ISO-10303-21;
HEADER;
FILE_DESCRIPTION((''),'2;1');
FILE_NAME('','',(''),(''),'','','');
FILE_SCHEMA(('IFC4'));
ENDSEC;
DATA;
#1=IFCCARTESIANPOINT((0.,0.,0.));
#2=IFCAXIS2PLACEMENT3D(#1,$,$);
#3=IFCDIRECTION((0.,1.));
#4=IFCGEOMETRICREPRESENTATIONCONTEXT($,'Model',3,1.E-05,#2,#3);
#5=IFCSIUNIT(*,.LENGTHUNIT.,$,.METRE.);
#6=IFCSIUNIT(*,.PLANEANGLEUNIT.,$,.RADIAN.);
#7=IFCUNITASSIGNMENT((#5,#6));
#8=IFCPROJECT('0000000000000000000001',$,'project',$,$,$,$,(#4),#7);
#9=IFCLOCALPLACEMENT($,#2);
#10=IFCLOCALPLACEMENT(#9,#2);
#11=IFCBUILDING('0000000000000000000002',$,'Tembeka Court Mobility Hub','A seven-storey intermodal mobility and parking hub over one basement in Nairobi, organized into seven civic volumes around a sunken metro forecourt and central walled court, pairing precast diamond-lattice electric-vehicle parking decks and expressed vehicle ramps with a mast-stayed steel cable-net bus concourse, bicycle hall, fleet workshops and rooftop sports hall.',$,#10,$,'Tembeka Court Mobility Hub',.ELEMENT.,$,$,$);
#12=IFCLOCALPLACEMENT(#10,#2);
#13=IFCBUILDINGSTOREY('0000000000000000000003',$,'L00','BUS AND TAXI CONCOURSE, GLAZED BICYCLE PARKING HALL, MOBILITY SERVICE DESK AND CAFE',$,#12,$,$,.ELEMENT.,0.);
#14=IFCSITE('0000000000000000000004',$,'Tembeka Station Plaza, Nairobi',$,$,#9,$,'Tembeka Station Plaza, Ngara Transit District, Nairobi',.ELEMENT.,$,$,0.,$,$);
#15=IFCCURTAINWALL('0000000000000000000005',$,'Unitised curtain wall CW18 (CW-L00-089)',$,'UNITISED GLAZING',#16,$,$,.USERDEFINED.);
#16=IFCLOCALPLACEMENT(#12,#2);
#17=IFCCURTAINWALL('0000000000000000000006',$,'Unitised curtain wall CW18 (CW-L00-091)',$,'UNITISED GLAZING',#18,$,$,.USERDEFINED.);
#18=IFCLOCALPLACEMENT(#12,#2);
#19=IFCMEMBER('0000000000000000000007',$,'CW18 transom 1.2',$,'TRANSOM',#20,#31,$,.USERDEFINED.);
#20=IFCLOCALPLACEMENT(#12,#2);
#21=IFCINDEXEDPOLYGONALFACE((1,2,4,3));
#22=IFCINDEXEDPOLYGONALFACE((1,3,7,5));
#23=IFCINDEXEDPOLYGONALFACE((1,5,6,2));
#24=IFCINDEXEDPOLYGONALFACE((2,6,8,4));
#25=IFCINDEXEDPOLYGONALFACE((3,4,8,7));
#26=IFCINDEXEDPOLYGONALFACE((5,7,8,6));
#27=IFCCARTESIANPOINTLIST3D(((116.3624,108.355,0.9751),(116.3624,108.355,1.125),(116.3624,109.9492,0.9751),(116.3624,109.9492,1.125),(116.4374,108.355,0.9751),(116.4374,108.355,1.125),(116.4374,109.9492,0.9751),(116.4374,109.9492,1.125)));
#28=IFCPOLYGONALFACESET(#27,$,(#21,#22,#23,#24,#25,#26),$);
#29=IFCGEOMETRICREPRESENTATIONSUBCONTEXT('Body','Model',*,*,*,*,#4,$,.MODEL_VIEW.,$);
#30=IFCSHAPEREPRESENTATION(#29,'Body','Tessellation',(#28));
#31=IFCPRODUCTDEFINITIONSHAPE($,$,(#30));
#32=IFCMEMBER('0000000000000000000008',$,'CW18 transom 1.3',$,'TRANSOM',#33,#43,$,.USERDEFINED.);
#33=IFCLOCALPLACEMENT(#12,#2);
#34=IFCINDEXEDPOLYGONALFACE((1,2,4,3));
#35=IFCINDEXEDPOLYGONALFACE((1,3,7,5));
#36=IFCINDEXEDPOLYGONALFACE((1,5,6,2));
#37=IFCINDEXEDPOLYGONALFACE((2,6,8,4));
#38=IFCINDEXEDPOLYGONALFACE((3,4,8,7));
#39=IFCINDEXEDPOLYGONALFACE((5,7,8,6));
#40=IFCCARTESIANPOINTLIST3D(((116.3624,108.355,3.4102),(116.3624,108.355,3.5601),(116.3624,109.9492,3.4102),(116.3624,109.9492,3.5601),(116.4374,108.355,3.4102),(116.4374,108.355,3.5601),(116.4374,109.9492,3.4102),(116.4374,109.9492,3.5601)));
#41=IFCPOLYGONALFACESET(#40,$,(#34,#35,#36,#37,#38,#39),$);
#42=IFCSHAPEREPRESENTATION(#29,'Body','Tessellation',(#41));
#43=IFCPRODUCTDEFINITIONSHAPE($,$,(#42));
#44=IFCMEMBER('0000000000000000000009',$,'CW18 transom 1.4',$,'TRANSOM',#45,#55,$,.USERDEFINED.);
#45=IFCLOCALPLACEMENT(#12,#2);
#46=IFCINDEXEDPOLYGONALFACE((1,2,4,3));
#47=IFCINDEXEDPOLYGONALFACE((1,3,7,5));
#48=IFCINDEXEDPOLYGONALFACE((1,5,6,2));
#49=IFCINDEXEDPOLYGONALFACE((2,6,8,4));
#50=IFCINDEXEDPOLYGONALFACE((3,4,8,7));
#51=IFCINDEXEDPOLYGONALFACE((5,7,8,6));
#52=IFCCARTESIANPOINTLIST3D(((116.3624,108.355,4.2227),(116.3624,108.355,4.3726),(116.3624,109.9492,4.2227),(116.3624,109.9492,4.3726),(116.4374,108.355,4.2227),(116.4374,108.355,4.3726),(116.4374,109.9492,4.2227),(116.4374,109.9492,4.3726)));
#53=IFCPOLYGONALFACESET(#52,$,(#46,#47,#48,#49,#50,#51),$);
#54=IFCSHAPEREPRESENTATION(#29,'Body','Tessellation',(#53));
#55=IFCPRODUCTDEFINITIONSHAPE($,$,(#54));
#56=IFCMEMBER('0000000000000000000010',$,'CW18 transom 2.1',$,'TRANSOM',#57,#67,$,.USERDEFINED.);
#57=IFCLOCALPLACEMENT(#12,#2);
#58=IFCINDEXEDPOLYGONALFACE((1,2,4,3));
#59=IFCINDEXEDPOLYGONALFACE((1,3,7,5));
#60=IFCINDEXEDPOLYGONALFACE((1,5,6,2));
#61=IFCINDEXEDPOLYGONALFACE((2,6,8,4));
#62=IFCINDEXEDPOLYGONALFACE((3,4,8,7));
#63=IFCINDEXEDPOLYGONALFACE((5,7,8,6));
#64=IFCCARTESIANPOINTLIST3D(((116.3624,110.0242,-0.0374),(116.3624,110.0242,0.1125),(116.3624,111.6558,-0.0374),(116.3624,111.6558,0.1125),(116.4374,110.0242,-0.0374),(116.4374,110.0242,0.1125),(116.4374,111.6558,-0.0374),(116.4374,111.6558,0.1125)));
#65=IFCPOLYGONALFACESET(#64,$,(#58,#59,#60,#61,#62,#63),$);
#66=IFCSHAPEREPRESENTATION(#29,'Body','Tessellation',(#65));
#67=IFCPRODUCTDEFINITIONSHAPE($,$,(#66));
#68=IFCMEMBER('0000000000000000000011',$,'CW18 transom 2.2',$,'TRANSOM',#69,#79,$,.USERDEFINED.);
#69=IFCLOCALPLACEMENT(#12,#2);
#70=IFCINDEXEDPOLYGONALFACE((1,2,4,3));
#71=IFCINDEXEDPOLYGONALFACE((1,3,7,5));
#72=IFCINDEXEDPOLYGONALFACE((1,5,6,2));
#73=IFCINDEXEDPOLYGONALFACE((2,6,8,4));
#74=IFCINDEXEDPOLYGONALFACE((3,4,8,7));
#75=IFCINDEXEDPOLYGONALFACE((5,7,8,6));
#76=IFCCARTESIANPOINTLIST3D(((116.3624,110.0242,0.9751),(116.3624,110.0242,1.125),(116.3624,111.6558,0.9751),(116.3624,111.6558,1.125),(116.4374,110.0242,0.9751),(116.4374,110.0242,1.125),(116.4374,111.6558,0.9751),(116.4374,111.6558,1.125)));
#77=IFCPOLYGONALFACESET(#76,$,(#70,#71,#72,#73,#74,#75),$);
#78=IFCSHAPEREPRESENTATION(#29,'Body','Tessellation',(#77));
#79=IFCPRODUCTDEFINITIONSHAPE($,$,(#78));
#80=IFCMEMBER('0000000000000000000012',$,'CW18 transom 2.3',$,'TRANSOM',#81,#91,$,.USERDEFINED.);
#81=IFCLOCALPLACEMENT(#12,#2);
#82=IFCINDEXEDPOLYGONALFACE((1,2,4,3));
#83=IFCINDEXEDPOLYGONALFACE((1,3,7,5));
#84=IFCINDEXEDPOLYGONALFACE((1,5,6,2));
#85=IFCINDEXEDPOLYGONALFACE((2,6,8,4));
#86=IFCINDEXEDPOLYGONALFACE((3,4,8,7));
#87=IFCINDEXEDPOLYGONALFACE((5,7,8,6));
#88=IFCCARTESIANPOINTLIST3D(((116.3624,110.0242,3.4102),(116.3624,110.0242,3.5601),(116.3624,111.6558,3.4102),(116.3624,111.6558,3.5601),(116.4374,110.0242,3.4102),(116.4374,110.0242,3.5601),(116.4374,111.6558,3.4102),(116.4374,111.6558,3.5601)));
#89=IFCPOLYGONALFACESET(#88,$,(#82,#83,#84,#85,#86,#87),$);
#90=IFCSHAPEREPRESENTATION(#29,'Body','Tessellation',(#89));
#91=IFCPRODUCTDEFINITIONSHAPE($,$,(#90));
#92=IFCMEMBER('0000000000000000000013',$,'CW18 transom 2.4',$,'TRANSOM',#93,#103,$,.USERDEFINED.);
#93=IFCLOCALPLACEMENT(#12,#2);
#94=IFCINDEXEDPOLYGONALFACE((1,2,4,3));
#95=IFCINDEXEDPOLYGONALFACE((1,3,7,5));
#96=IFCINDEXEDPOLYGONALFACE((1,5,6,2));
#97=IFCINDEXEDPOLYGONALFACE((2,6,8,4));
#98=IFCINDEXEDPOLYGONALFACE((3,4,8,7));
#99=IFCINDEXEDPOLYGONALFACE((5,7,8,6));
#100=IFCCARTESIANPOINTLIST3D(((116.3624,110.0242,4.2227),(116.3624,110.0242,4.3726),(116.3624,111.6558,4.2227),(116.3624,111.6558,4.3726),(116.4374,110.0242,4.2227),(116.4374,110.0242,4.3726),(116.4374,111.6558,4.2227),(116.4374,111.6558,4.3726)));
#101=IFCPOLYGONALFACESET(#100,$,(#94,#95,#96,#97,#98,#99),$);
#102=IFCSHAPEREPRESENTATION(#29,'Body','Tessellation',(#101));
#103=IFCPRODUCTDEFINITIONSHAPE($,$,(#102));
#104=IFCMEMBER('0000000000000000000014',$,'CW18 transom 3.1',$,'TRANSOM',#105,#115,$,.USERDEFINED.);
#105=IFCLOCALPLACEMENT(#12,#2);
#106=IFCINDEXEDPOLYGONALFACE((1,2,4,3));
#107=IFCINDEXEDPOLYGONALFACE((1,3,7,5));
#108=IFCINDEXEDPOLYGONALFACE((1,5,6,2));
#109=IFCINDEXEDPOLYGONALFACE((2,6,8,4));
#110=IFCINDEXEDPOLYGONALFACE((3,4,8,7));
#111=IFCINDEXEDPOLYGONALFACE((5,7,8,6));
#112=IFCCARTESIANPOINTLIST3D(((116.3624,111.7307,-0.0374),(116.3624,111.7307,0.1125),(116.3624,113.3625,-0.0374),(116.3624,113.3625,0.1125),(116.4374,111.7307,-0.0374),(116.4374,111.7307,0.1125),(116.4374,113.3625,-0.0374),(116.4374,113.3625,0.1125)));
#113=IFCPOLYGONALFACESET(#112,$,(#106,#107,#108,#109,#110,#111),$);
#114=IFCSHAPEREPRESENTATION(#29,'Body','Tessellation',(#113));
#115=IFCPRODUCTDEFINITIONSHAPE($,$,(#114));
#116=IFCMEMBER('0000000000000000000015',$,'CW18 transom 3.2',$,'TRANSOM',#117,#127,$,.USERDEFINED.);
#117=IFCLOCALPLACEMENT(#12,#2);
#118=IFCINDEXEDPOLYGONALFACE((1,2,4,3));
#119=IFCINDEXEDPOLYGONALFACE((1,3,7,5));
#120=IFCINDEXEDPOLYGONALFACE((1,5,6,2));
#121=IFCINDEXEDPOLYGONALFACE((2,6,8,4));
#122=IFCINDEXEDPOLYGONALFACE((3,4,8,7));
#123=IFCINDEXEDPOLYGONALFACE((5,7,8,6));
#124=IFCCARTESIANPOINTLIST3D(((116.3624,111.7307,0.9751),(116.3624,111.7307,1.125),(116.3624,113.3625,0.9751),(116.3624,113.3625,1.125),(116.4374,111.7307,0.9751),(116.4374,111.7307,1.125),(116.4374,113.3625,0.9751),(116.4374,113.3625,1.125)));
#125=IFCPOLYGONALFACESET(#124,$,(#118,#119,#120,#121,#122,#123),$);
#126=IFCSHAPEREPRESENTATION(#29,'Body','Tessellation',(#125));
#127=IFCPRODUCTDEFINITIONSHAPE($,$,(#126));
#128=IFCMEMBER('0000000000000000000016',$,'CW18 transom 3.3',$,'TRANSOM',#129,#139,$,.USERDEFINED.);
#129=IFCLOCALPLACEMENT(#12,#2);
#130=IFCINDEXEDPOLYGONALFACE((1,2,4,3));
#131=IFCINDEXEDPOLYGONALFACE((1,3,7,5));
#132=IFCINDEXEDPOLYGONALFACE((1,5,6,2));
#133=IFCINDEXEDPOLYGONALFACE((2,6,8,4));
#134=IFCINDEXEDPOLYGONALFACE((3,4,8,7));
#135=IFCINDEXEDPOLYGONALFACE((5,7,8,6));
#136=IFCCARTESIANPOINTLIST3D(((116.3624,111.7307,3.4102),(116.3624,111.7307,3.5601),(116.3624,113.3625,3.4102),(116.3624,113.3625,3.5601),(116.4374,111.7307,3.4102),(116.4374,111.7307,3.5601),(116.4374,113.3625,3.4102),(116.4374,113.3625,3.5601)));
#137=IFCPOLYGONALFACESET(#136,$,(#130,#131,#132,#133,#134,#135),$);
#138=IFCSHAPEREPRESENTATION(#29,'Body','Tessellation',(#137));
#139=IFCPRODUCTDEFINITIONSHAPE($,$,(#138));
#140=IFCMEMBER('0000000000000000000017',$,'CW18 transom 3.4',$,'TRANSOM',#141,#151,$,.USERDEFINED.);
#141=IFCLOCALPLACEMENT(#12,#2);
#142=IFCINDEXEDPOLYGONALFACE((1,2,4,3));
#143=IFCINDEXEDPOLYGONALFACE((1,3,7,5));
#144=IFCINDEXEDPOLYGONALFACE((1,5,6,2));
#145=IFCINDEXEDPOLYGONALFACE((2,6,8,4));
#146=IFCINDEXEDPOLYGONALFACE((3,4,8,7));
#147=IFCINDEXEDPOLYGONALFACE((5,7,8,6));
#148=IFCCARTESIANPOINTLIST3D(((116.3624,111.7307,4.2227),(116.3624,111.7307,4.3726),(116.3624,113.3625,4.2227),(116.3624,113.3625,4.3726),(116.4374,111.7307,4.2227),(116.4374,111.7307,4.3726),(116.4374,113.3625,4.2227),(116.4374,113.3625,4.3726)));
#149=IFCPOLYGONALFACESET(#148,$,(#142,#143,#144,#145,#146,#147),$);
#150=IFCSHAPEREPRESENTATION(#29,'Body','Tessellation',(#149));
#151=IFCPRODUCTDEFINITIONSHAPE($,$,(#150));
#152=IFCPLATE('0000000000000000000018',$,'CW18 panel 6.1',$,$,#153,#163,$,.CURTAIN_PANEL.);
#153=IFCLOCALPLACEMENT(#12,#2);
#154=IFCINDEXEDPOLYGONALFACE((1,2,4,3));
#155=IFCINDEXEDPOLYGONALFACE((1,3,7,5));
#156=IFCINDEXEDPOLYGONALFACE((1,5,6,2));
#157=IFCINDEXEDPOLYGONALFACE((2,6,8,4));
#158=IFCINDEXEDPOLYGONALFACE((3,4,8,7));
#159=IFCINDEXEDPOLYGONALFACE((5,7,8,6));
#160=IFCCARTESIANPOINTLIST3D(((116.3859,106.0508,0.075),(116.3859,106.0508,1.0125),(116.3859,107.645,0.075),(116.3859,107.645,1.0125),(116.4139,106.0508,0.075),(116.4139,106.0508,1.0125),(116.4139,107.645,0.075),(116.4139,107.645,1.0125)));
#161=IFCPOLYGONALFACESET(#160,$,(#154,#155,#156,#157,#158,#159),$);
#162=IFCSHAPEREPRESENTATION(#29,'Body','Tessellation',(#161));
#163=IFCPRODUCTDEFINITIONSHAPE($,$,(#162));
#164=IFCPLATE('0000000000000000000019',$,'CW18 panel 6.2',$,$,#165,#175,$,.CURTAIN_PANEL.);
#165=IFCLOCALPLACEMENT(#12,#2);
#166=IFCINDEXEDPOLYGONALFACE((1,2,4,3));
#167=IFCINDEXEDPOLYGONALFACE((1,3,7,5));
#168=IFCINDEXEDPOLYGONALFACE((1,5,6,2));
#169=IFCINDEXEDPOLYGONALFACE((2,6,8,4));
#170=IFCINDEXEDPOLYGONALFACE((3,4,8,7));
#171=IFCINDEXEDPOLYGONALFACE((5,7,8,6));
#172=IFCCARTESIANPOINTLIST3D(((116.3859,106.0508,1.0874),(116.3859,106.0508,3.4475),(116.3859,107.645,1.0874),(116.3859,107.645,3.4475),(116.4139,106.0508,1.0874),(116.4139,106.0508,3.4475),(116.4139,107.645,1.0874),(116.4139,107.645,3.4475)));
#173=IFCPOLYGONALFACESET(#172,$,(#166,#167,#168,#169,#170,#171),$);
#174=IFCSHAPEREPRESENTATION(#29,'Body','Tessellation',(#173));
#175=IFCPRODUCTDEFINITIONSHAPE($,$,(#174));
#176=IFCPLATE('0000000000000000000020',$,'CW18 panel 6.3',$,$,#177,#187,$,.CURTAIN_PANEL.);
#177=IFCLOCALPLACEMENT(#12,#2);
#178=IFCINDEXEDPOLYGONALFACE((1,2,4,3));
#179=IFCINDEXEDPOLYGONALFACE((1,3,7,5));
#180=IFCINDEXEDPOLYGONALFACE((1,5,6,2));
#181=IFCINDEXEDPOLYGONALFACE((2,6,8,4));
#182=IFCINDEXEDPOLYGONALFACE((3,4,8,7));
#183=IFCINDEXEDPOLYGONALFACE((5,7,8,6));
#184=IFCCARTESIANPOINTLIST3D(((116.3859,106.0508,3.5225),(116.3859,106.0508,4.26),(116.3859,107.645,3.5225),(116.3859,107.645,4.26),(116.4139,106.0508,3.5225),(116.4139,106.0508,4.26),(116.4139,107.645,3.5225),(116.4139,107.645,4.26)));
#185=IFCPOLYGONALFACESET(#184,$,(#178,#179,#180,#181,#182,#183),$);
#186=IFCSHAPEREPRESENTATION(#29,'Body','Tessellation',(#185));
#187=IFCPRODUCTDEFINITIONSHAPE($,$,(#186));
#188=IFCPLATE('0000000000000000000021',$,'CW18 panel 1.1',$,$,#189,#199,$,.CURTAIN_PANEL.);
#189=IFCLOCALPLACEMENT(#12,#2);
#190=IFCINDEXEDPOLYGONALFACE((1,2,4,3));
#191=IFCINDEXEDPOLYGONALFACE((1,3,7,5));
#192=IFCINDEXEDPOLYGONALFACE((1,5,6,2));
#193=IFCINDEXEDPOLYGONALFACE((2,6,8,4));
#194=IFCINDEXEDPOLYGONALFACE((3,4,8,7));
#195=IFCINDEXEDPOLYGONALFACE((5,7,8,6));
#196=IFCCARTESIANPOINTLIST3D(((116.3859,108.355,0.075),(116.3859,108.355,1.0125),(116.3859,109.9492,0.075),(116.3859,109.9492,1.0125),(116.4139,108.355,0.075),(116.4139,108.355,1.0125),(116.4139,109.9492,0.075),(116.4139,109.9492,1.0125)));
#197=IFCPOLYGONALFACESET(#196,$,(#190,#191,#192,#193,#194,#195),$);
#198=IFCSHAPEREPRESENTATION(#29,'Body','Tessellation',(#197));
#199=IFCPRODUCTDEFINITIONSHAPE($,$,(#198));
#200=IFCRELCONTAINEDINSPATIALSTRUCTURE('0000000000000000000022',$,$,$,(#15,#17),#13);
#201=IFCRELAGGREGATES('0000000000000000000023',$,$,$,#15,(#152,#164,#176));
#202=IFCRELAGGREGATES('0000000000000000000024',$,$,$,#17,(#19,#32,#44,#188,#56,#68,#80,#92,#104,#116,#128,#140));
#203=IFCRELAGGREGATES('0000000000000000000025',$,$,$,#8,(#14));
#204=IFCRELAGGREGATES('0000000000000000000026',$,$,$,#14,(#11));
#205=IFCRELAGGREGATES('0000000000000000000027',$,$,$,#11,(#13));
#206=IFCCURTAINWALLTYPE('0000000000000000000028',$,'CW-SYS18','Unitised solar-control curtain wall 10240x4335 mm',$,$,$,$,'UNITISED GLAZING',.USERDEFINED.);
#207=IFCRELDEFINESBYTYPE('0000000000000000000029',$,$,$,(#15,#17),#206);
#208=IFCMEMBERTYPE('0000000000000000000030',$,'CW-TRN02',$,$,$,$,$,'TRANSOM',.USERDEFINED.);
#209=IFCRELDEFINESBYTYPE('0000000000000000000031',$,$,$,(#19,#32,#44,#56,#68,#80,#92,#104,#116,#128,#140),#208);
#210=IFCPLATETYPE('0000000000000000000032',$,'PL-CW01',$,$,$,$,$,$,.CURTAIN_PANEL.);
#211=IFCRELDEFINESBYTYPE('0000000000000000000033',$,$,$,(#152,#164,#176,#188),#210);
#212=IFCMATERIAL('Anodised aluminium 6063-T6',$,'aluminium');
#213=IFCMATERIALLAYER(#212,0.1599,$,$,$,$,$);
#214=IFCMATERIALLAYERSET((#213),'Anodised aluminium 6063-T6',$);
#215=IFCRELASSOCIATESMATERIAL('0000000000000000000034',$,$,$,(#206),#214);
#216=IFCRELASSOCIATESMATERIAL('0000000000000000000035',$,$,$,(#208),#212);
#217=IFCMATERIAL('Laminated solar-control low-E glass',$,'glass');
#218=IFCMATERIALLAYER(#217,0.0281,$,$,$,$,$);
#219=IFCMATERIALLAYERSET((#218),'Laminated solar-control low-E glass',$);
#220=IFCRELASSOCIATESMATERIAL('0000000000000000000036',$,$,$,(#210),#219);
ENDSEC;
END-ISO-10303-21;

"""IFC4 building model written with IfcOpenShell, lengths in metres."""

from ifc_helpers import new_model, si_unit, direction, frame, origin, origin_2d, place, context, subcontext, project, spatial, rectangle, extrude, material, layer, layer_set, material_profile, profile_set, type_object, element, aggregate, save


model = new_model("IFC4")

# Units and contexts
model_context = context("Model", 3, precision=1e-05, world=origin(), true_north=direction((0.0, 1.0)))
body_context = subcontext(model_context, "Body", "Model", "MODEL_VIEW")
ifc_project = project(units=[si_unit("LENGTHUNIT", "METRE"), si_unit("PLANEANGLEUNIT", "RADIAN")], contexts=[model_context])

# Site, building, storey
site_placement = place(None, origin())
site = spatial("IfcSite", under=ifc_project, at=site_placement, Name="Tembeka Station Plaza, Nairobi", LongName="Tembeka Station Plaza, Ngara Transit District, Nairobi", CompositionType="ELEMENT", RefElevation=0.0)
building_placement = place(site_placement, origin())
building = spatial("IfcBuilding", under=site, at=building_placement, Name="Tembeka Court Mobility Hub", Description="A seven-storey intermodal mobility and parking hub over one basement in Nairobi, organized into seven civic volumes around a sunken metro forecourt and central walled court, pairing precast diamond-lattice electric-vehicle parking decks and expressed vehicle ramps with a mast-stayed steel cable-net bus concourse, bicycle hall, fleet workshops and rooftop sports hall.", LongName="Tembeka Court Mobility Hub", CompositionType="ELEMENT")
storey_placement = place(building_placement, origin())
storey = spatial("IfcBuildingStorey", under=building, at=storey_placement, Name="L00", Description="BUS AND TAXI CONCOURSE, GLAZED BICYCLE PARKING HALL, MOBILITY SERVICE DESK AND CAFE", CompositionType="ELEMENT", Elevation=0.0)

# Curtain wall
ifc_material_1 = material(Name="Anodised aluminium 6063-T6", Category="aluminium")
ifc_layer_1 = layer(ifc_material_1, 0.1599)
ifc_layer_set_1 = layer_set([ifc_layer_1], Name="Anodised aluminium 6063-T6")
curtain_wall_type = type_object("IfcCurtainWallType", Name="CW-SYS18", Description="Unitised solar-control curtain wall 10240x4335 mm", ElementType="UNITISED GLAZING", PredefinedType="USERDEFINED", material=ifc_layer_set_1)
curtain_wall_1_placement = place(storey_placement, origin())
curtain_wall_1 = element("IfcCurtainWall", 1, at=curtain_wall_1_placement, inside=storey, type_object=curtain_wall_type, Name="Unitised curtain wall CW18 (CW-L00-089)", ObjectType="UNITISED GLAZING", PredefinedType="USERDEFINED")

# Curtain wall
curtain_wall_2_placement = place(storey_placement, origin())
curtain_wall_2 = element("IfcCurtainWall", 2, at=curtain_wall_2_placement, inside=storey, type_object=curtain_wall_type, Name="Unitised curtain wall CW18 (CW-L00-091)", ObjectType="UNITISED GLAZING", PredefinedType="USERDEFINED")

# Members
ifc_material_profile_1 = material_profile(ifc_material_1, rectangle(XDim=0.075, YDim=0.1499, at=origin_2d()), Name="ALU-TRN 75x150")
ifc_profile_set_1 = profile_set([ifc_material_profile_1], Name="Anodised aluminium 6063-T6")
member_type_1 = type_object("IfcMemberType", Name="CW-TRN02", ElementType="TRANSOM", PredefinedType="USERDEFINED", material=ifc_profile_set_1)
member_1_placement = place(storey_placement, frame((116.3999, 108.355, 1.05), z_axis=(0.0, 1.0, 0.0), x_axis=(-1.0, 0.0, 0.0)))
member_1 = element("IfcMember", 3, at=member_1_placement, type_object=member_type_1, Name="CW18 transom 1.2", ObjectType="TRANSOM", PredefinedType="USERDEFINED", context=body_context, shape_type="SweptSolid", body=[
    extrude(rectangle(XDim=0.075, YDim=0.1499, at=origin_2d()), origin(), (0.0, 0.0, 1.0), 1.5942),
])
member_2_placement = place(storey_placement, frame((116.3999, 108.355, 3.4851), z_axis=(0.0, 1.0, 0.0), x_axis=(-1.0, 0.0, 0.0)))
member_2 = element("IfcMember", 4, at=member_2_placement, type_object=member_type_1, Name="CW18 transom 1.3", ObjectType="TRANSOM", PredefinedType="USERDEFINED", context=body_context, shape_type="SweptSolid", body=[
    extrude(rectangle(XDim=0.075, YDim=0.1499, at=origin_2d()), origin(), (0.0, 0.0, 1.0), 1.5942),
])
member_3_placement = place(storey_placement, frame((116.3999, 108.355, 4.2976), z_axis=(0.0, 1.0, 0.0), x_axis=(-1.0, 0.0, 0.0)))
member_3 = element("IfcMember", 5, at=member_3_placement, type_object=member_type_1, Name="CW18 transom 1.4", ObjectType="TRANSOM", PredefinedType="USERDEFINED", context=body_context, shape_type="SweptSolid", body=[
    extrude(rectangle(XDim=0.075, YDim=0.1499, at=origin_2d()), origin(), (0.0, 0.0, 1.0), 1.5942),
])
member_4_placement = place(storey_placement, frame((116.3999, 110.0242, 0.0376), z_axis=(0.0, 1.0, 0.0), x_axis=(-1.0, 0.0, 0.0)))
member_4 = element("IfcMember", 6, at=member_4_placement, type_object=member_type_1, Name="CW18 transom 2.1", ObjectType="TRANSOM", PredefinedType="USERDEFINED", context=body_context, shape_type="SweptSolid", body=[
    extrude(rectangle(XDim=0.075, YDim=0.1499, at=origin_2d()), origin(), (0.0, 0.0, 1.0), 1.6316),
])
member_5_placement = place(storey_placement, frame((116.3999, 110.0242, 1.05), z_axis=(0.0, 1.0, 0.0), x_axis=(-1.0, 0.0, 0.0)))
member_5 = element("IfcMember", 7, at=member_5_placement, type_object=member_type_1, Name="CW18 transom 2.2", ObjectType="TRANSOM", PredefinedType="USERDEFINED", context=body_context, shape_type="SweptSolid", body=[
    extrude(rectangle(XDim=0.075, YDim=0.1499, at=origin_2d()), origin(), (0.0, 0.0, 1.0), 1.6316),
])
member_6_placement = place(storey_placement, frame((116.3999, 110.0242, 3.4851), z_axis=(0.0, 1.0, 0.0), x_axis=(-1.0, 0.0, 0.0)))
member_6 = element("IfcMember", 8, at=member_6_placement, type_object=member_type_1, Name="CW18 transom 2.3", ObjectType="TRANSOM", PredefinedType="USERDEFINED", context=body_context, shape_type="SweptSolid", body=[
    extrude(rectangle(XDim=0.075, YDim=0.1499, at=origin_2d()), origin(), (0.0, 0.0, 1.0), 1.6316),
])
member_7_placement = place(storey_placement, frame((116.3999, 110.0242, 4.2976), z_axis=(0.0, 1.0, 0.0), x_axis=(-1.0, 0.0, 0.0)))
member_7 = element("IfcMember", 9, at=member_7_placement, type_object=member_type_1, Name="CW18 transom 2.4", ObjectType="TRANSOM", PredefinedType="USERDEFINED", context=body_context, shape_type="SweptSolid", body=[
    extrude(rectangle(XDim=0.075, YDim=0.1499, at=origin_2d()), origin(), (0.0, 0.0, 1.0), 1.6316),
])
member_8_placement = place(storey_placement, frame((116.3999, 111.7307, 0.0376), z_axis=(0.0, 1.0, 0.0), x_axis=(-1.0, 0.0, 0.0)))
member_8 = element("IfcMember", 10, at=member_8_placement, type_object=member_type_1, Name="CW18 transom 3.1", ObjectType="TRANSOM", PredefinedType="USERDEFINED", context=body_context, shape_type="SweptSolid", body=[
    extrude(rectangle(XDim=0.075, YDim=0.1499, at=origin_2d()), origin(), (0.0, 0.0, 1.0), 1.6318),
])
member_9_placement = place(storey_placement, frame((116.3999, 111.7307, 1.05), z_axis=(0.0, 1.0, 0.0), x_axis=(-1.0, 0.0, 0.0)))
member_9 = element("IfcMember", 11, at=member_9_placement, type_object=member_type_1, Name="CW18 transom 3.2", ObjectType="TRANSOM", PredefinedType="USERDEFINED", context=body_context, shape_type="SweptSolid", body=[
    extrude(rectangle(XDim=0.075, YDim=0.1499, at=origin_2d()), origin(), (0.0, 0.0, 1.0), 1.6318),
])
member_10_placement = place(storey_placement, frame((116.3999, 111.7307, 3.4851), z_axis=(0.0, 1.0, 0.0), x_axis=(-1.0, 0.0, 0.0)))
member_10 = element("IfcMember", 12, at=member_10_placement, type_object=member_type_1, Name="CW18 transom 3.3", ObjectType="TRANSOM", PredefinedType="USERDEFINED", context=body_context, shape_type="SweptSolid", body=[
    extrude(rectangle(XDim=0.075, YDim=0.1499, at=origin_2d()), origin(), (0.0, 0.0, 1.0), 1.6318),
])
member_11_placement = place(storey_placement, frame((116.3999, 111.7307, 4.2976), z_axis=(0.0, 1.0, 0.0), x_axis=(-1.0, 0.0, 0.0)))
member_11 = element("IfcMember", 13, at=member_11_placement, type_object=member_type_1, Name="CW18 transom 3.4", ObjectType="TRANSOM", PredefinedType="USERDEFINED", context=body_context, shape_type="SweptSolid", body=[
    extrude(rectangle(XDim=0.075, YDim=0.1499, at=origin_2d()), origin(), (0.0, 0.0, 1.0), 1.6318),
])

# Plates
ifc_material_2 = material(Name="Laminated solar-control low-E glass", Category="glass")
ifc_layer_2 = layer(ifc_material_2, 0.0281)
ifc_layer_set_2 = layer_set([ifc_layer_2], Name="Laminated solar-control low-E glass")
plate_type = type_object("IfcPlateType", Name="PL-CW01", PredefinedType="CURTAIN_PANEL", material=ifc_layer_set_2)
plate_1_placement = place(storey_placement, frame((116.3999, 106.8479, 0.075), z_axis=(0.0, 0.0, 1.0), x_axis=(0.0, 1.0, 0.0)))
plate_1 = element("IfcPlate", 14, at=plate_1_placement, type_object=plate_type, Name="CW18 panel 6.1", PredefinedType="CURTAIN_PANEL", context=body_context, shape_type="SweptSolid", body=[
    extrude(rectangle(XDim=1.5942, YDim=0.0281, at=origin_2d()), origin(), (0.0, 0.0, 1.0), 0.9375),
])
plate_2_placement = place(storey_placement, frame((116.3999, 106.8479, 1.0874), z_axis=(0.0, 0.0, 1.0), x_axis=(0.0, 1.0, 0.0)))
plate_2 = element("IfcPlate", 15, at=plate_2_placement, type_object=plate_type, Name="CW18 panel 6.2", PredefinedType="CURTAIN_PANEL", context=body_context, shape_type="SweptSolid", body=[
    extrude(rectangle(XDim=1.5942, YDim=0.0281, at=origin_2d()), origin(), (0.0, 0.0, 1.0), 2.3601),
])
plate_3_placement = place(storey_placement, frame((116.3999, 106.8479, 3.5225), z_axis=(0.0, 0.0, 1.0), x_axis=(0.0, 1.0, 0.0)))
plate_3 = element("IfcPlate", 16, at=plate_3_placement, type_object=plate_type, Name="CW18 panel 6.3", PredefinedType="CURTAIN_PANEL", context=body_context, shape_type="SweptSolid", body=[
    extrude(rectangle(XDim=1.5942, YDim=0.0281, at=origin_2d()), origin(), (0.0, 0.0, 1.0), 0.7375),
])
aggregate(curtain_wall_1, [plate_1, plate_2, plate_3])
plate_4_placement = place(storey_placement, frame((116.3999, 109.1521, 0.075), z_axis=(0.0, 0.0, 1.0), x_axis=(0.0, 1.0, 0.0)))
plate_4 = element("IfcPlate", 17, at=plate_4_placement, type_object=plate_type, Name="CW18 panel 1.1", PredefinedType="CURTAIN_PANEL", context=body_context, shape_type="SweptSolid", body=[
    extrude(rectangle(XDim=1.5942, YDim=0.0281, at=origin_2d()), origin(), (0.0, 0.0, 1.0), 0.9375),
])
aggregate(curtain_wall_2, [member_1, member_2, member_3, plate_4, member_4, member_5, member_6, member_7, member_8, member_9, member_10, member_11])

save(model, "model.ifc")
